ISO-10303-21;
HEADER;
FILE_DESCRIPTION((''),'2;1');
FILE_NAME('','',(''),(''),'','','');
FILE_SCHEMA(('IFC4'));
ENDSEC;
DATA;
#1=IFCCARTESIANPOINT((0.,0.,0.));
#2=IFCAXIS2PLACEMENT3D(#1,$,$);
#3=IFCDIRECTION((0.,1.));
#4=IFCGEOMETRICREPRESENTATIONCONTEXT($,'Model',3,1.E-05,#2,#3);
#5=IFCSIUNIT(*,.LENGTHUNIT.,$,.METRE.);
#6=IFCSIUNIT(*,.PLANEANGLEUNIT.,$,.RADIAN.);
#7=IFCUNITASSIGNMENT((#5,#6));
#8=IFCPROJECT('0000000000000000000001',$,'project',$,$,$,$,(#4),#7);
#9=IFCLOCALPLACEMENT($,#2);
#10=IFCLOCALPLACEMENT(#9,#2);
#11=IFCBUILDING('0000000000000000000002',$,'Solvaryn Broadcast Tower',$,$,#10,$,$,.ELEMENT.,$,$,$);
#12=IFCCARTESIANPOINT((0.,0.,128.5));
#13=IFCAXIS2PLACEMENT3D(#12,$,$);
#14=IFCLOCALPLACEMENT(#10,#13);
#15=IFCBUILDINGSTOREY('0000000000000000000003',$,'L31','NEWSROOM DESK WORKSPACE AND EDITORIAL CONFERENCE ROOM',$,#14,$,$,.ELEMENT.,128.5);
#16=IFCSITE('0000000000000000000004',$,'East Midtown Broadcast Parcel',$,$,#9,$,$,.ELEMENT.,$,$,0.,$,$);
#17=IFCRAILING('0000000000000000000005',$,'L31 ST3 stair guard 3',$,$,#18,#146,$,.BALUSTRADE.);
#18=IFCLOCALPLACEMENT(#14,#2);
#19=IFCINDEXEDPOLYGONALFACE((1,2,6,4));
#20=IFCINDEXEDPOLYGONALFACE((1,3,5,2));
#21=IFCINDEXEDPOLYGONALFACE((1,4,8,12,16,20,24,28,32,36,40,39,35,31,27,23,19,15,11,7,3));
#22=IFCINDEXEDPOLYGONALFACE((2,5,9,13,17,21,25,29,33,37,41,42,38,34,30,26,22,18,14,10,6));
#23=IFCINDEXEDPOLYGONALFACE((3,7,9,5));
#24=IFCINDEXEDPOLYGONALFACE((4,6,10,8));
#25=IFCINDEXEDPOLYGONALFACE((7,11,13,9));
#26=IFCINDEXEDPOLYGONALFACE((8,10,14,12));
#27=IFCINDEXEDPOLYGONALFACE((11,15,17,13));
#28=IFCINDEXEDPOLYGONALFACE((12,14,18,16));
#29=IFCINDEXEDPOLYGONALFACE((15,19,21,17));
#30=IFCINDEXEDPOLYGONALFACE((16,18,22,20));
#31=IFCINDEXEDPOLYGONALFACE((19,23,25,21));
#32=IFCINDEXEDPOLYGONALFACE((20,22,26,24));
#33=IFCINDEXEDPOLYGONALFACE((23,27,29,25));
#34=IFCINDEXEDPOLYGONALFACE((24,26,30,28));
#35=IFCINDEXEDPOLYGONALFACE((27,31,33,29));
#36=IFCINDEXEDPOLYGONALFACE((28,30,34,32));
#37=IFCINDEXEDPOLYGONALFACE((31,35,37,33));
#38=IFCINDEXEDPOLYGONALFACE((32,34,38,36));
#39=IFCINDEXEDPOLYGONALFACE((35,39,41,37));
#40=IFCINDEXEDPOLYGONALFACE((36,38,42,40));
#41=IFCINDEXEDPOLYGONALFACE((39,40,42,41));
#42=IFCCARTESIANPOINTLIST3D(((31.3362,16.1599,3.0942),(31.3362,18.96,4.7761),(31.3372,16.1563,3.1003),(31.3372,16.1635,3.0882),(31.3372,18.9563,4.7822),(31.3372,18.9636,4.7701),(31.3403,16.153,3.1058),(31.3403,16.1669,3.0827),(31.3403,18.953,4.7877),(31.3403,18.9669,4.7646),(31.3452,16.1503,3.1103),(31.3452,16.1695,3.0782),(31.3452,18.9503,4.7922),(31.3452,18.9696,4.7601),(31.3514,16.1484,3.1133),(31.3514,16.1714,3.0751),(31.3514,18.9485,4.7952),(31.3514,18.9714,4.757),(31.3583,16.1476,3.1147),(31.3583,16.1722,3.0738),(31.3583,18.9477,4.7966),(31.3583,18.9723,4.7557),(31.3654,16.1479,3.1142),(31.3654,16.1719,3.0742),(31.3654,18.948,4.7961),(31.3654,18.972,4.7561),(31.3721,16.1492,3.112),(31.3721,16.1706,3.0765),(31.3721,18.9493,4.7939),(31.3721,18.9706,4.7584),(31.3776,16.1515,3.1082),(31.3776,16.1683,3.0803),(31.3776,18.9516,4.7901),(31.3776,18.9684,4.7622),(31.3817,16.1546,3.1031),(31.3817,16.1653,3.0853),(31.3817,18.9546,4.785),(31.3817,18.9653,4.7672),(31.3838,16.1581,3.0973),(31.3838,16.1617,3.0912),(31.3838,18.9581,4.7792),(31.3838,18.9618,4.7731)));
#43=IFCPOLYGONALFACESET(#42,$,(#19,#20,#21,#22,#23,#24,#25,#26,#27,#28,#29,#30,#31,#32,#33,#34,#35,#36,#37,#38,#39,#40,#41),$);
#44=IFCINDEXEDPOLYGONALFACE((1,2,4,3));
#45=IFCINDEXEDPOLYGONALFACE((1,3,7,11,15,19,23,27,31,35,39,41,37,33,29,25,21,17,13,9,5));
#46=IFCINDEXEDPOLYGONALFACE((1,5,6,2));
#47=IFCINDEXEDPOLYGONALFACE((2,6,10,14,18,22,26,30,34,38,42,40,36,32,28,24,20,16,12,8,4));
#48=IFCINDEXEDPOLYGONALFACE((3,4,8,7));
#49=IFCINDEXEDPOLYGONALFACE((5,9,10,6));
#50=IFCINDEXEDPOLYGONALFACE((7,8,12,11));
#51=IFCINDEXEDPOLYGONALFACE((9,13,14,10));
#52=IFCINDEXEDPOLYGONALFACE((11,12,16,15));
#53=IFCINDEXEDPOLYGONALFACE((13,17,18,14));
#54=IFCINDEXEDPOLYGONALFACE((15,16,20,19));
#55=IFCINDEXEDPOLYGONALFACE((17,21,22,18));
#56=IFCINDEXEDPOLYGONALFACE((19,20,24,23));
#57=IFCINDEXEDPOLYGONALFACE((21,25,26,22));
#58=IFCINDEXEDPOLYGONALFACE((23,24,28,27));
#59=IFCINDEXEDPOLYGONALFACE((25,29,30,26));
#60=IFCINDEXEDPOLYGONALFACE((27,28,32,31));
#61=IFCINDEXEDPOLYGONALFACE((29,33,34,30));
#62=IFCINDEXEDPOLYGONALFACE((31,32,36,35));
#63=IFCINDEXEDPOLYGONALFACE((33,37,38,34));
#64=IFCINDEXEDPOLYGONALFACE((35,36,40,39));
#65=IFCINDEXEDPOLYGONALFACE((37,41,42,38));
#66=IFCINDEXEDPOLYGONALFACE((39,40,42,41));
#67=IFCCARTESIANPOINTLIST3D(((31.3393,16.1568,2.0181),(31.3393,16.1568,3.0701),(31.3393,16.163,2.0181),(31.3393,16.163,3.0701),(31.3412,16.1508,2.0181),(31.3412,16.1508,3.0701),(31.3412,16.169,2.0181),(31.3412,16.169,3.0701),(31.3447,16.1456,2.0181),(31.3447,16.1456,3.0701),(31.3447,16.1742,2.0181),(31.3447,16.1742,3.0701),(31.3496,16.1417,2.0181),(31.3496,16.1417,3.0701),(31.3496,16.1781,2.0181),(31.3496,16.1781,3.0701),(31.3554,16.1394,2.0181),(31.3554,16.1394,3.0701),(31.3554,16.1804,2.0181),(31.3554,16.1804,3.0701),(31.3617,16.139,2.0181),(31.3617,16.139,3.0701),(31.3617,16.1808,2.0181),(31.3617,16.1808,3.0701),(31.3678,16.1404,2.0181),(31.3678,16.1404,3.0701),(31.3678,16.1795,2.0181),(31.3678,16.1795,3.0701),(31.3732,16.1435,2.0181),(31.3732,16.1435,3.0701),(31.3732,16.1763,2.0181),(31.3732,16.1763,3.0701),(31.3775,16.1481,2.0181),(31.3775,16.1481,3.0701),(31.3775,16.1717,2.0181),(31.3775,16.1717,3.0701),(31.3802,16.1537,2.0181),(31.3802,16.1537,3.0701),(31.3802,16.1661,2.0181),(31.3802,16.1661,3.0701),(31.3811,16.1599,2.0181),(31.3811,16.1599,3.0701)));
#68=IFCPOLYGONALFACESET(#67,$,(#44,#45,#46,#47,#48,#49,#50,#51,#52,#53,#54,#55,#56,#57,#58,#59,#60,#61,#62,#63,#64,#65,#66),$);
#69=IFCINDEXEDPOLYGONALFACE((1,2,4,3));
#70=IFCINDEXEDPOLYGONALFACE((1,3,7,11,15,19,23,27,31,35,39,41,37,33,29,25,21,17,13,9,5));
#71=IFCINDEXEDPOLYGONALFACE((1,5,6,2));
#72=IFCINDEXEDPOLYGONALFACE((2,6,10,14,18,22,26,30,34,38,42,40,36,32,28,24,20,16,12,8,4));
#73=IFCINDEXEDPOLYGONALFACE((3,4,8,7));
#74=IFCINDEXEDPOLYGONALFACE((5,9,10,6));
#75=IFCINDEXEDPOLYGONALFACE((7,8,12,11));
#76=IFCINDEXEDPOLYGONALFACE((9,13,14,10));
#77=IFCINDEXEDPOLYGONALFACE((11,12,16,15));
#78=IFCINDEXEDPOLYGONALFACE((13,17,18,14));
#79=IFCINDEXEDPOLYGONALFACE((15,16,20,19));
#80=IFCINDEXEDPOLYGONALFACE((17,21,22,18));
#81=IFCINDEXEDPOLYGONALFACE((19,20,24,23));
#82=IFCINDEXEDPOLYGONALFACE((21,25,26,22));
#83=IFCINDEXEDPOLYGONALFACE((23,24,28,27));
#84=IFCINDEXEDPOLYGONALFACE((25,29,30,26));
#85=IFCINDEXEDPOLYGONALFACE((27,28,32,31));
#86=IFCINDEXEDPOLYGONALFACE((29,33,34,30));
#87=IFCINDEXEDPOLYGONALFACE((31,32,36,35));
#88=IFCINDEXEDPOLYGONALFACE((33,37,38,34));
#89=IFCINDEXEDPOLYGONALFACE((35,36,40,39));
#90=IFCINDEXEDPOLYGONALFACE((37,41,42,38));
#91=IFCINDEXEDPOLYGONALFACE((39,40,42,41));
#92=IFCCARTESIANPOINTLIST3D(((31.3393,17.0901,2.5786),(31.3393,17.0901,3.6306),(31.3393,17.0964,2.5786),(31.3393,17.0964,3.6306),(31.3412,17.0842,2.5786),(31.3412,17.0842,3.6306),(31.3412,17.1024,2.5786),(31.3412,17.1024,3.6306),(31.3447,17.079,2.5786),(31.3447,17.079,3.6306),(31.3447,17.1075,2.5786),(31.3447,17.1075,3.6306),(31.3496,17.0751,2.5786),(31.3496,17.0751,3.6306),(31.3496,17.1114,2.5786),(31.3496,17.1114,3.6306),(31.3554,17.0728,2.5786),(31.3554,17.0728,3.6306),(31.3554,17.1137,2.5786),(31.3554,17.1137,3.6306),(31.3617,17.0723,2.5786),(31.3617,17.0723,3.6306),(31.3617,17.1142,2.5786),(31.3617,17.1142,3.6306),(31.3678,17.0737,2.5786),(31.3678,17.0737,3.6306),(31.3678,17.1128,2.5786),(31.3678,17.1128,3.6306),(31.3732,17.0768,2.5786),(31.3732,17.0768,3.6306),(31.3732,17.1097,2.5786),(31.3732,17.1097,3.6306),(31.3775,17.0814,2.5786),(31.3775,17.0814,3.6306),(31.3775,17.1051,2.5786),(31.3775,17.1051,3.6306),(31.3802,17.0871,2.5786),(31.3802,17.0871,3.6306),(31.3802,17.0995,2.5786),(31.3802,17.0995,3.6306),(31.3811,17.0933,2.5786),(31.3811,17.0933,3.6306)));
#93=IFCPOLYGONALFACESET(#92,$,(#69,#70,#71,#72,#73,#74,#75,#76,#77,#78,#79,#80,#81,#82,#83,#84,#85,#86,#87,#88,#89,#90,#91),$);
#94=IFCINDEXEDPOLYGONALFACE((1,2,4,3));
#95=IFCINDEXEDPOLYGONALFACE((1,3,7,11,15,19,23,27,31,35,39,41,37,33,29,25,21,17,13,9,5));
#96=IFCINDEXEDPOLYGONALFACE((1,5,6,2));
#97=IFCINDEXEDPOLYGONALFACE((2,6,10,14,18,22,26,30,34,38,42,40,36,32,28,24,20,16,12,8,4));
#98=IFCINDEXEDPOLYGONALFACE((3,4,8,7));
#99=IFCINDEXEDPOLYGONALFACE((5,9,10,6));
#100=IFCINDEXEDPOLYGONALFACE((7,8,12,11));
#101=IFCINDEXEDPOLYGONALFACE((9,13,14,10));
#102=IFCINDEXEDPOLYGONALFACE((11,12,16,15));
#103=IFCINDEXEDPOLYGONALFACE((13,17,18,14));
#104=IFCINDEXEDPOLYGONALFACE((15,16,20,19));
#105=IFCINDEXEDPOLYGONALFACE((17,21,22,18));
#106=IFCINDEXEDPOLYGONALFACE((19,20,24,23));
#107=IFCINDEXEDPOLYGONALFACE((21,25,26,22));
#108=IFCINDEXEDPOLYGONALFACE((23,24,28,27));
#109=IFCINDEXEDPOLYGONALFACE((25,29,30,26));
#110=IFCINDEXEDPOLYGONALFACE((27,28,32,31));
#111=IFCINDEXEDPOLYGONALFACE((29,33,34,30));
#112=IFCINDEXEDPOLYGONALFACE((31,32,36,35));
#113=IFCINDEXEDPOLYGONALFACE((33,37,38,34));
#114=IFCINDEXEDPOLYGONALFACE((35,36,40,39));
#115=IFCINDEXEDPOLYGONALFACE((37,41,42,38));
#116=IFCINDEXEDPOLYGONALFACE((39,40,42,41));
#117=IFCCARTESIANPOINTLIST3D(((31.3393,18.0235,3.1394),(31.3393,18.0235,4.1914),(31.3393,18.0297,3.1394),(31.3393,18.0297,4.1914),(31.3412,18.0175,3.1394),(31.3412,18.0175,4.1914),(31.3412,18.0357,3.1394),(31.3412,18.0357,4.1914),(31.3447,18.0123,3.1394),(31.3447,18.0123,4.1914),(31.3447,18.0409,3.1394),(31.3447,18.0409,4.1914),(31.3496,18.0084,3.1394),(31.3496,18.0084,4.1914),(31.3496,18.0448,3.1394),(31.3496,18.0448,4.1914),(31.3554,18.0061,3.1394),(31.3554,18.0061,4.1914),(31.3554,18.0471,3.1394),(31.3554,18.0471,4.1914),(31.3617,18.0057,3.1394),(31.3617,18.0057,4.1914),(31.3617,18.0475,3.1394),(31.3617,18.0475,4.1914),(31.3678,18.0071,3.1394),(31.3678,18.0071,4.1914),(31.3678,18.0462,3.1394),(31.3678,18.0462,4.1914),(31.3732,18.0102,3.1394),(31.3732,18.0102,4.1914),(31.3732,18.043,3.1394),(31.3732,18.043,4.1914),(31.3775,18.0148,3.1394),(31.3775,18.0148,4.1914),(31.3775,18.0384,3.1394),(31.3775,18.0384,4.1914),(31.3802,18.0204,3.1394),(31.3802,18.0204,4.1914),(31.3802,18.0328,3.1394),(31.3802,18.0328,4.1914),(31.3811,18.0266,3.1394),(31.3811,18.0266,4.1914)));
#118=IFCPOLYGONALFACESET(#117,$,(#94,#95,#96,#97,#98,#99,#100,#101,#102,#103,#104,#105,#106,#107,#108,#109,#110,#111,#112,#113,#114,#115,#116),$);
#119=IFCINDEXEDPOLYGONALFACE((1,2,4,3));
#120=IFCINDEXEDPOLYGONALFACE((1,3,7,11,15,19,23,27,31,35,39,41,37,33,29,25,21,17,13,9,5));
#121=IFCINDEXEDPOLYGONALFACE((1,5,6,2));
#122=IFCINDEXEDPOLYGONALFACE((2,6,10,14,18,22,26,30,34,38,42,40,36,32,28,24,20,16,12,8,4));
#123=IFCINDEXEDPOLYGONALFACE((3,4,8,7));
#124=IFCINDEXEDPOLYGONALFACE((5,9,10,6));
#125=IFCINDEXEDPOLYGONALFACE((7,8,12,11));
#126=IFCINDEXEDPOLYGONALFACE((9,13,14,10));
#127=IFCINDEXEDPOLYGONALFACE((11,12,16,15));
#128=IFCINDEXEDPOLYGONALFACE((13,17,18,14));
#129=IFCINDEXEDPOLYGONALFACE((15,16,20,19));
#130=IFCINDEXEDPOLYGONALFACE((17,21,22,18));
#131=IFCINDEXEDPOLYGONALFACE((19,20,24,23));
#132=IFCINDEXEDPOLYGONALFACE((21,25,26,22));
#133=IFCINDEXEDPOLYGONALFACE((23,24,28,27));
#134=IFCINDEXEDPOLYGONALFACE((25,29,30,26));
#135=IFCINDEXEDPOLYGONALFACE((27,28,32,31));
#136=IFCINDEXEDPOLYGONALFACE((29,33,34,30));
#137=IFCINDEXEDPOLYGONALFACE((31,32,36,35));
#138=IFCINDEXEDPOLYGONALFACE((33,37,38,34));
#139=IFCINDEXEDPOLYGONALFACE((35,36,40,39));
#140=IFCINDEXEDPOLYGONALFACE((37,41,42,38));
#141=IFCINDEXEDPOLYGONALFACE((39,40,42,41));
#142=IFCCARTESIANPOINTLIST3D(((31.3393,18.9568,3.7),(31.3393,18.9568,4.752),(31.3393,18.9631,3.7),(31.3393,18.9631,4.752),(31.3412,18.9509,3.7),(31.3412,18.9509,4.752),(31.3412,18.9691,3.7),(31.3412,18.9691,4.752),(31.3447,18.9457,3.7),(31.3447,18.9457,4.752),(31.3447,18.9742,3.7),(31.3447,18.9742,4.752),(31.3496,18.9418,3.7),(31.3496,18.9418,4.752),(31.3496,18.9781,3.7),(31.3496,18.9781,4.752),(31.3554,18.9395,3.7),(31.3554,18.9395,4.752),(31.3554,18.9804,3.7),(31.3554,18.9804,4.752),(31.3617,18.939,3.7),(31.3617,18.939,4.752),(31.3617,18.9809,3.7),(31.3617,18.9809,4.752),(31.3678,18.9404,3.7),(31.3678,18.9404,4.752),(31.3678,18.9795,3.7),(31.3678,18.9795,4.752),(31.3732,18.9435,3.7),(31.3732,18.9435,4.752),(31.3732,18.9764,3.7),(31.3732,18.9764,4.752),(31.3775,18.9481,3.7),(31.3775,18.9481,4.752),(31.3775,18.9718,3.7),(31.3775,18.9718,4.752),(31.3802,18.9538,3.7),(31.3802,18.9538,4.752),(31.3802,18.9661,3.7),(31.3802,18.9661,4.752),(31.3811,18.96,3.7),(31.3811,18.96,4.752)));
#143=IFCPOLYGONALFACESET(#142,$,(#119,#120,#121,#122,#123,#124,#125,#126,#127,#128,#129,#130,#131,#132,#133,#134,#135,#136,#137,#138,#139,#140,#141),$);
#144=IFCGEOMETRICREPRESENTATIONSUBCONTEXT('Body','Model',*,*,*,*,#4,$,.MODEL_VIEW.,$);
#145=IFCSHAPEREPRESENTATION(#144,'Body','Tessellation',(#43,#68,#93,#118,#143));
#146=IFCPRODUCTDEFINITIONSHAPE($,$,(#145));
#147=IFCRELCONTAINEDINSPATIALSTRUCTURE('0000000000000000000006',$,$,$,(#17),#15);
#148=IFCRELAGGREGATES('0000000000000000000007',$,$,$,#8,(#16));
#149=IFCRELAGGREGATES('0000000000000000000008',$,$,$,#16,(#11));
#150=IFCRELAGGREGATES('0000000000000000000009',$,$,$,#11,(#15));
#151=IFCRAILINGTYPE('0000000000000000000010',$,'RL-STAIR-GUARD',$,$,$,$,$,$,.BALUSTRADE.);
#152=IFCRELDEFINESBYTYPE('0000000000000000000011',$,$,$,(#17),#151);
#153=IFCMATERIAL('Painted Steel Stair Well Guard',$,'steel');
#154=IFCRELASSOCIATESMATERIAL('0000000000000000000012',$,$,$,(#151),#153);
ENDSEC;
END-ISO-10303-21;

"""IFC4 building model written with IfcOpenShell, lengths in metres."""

from ifc_helpers import new_model, si_unit, direction, frame, origin, origin_2d, place, context, subcontext, project, spatial, circle, extrude, material, type_object, element, save


model = new_model("IFC4")

# Units and contexts
model_context = context("Model", 3, precision=1e-05, world=origin(), true_north=direction((0.0, 1.0)))
body_context = subcontext(model_context, "Body", "Model", "MODEL_VIEW")
ifc_project = project(units=[si_unit("LENGTHUNIT", "METRE"), si_unit("PLANEANGLEUNIT", "RADIAN")], contexts=[model_context])

# Site, building, storey
site_placement = place(None, origin())
site = spatial("IfcSite", under=ifc_project, at=site_placement, Name="East Midtown Broadcast Parcel", CompositionType="ELEMENT", RefElevation=0.0)
building_placement = place(site_placement, origin())
building = spatial("IfcBuilding", under=site, at=building_placement, Name="Solvaryn Broadcast Tower", CompositionType="ELEMENT")
storey_placement = place(building_placement, frame((0.0, 0.0, 128.5)))
storey = spatial("IfcBuildingStorey", under=building, at=storey_placement, Name="L31", Description="NEWSROOM DESK WORKSPACE AND EDITORIAL CONFERENCE ROOM", CompositionType="ELEMENT", Elevation=128.5)

# Railing
ifc_material_1 = material(Name="Painted Steel Stair Well Guard", Category="steel")
railing_type_1 = type_object("IfcRailingType", Name="RL-STAIR-GUARD", PredefinedType="BALUSTRADE", material=ifc_material_1)
railing_1_placement = place(storey_placement, frame((31.3601, 16.1599, 2.0181)))
element("IfcRailing", 1, at=railing_1_placement, inside=storey, type_object=railing_type_1, Name="L31 ST3 stair guard 3", PredefinedType="BALUSTRADE", context=body_context, shape_type="SweptSolid", body=[
    extrude(circle(Radius=0.0239, at=origin_2d()), frame((0.0, 0.0, 1.0762), z_axis=(0.0, 0.857242, 0.514913), x_axis=(-1.0, 0.0, 0.0)), (0.0, 0.0, 1.0), 3.2664),
    extrude(circle(Radius=0.021, at=origin_2d()), origin(), (0.0, 0.0, 1.0), 1.052),
    extrude(circle(Radius=0.021, at=origin_2d()), frame((0.0, 0.9333, 0.5605)), (0.0, 0.0, 1.0), 1.052),
    extrude(circle(Radius=0.021, at=origin_2d()), frame((0.0, 1.8667, 1.1213)), (0.0, 0.0, 1.0), 1.052),
    extrude(circle(Radius=0.021, at=origin_2d()), frame((0.0, 2.8, 1.6819)), (0.0, 0.0, 1.0), 1.052),
])

save(model, "model.ifc")
